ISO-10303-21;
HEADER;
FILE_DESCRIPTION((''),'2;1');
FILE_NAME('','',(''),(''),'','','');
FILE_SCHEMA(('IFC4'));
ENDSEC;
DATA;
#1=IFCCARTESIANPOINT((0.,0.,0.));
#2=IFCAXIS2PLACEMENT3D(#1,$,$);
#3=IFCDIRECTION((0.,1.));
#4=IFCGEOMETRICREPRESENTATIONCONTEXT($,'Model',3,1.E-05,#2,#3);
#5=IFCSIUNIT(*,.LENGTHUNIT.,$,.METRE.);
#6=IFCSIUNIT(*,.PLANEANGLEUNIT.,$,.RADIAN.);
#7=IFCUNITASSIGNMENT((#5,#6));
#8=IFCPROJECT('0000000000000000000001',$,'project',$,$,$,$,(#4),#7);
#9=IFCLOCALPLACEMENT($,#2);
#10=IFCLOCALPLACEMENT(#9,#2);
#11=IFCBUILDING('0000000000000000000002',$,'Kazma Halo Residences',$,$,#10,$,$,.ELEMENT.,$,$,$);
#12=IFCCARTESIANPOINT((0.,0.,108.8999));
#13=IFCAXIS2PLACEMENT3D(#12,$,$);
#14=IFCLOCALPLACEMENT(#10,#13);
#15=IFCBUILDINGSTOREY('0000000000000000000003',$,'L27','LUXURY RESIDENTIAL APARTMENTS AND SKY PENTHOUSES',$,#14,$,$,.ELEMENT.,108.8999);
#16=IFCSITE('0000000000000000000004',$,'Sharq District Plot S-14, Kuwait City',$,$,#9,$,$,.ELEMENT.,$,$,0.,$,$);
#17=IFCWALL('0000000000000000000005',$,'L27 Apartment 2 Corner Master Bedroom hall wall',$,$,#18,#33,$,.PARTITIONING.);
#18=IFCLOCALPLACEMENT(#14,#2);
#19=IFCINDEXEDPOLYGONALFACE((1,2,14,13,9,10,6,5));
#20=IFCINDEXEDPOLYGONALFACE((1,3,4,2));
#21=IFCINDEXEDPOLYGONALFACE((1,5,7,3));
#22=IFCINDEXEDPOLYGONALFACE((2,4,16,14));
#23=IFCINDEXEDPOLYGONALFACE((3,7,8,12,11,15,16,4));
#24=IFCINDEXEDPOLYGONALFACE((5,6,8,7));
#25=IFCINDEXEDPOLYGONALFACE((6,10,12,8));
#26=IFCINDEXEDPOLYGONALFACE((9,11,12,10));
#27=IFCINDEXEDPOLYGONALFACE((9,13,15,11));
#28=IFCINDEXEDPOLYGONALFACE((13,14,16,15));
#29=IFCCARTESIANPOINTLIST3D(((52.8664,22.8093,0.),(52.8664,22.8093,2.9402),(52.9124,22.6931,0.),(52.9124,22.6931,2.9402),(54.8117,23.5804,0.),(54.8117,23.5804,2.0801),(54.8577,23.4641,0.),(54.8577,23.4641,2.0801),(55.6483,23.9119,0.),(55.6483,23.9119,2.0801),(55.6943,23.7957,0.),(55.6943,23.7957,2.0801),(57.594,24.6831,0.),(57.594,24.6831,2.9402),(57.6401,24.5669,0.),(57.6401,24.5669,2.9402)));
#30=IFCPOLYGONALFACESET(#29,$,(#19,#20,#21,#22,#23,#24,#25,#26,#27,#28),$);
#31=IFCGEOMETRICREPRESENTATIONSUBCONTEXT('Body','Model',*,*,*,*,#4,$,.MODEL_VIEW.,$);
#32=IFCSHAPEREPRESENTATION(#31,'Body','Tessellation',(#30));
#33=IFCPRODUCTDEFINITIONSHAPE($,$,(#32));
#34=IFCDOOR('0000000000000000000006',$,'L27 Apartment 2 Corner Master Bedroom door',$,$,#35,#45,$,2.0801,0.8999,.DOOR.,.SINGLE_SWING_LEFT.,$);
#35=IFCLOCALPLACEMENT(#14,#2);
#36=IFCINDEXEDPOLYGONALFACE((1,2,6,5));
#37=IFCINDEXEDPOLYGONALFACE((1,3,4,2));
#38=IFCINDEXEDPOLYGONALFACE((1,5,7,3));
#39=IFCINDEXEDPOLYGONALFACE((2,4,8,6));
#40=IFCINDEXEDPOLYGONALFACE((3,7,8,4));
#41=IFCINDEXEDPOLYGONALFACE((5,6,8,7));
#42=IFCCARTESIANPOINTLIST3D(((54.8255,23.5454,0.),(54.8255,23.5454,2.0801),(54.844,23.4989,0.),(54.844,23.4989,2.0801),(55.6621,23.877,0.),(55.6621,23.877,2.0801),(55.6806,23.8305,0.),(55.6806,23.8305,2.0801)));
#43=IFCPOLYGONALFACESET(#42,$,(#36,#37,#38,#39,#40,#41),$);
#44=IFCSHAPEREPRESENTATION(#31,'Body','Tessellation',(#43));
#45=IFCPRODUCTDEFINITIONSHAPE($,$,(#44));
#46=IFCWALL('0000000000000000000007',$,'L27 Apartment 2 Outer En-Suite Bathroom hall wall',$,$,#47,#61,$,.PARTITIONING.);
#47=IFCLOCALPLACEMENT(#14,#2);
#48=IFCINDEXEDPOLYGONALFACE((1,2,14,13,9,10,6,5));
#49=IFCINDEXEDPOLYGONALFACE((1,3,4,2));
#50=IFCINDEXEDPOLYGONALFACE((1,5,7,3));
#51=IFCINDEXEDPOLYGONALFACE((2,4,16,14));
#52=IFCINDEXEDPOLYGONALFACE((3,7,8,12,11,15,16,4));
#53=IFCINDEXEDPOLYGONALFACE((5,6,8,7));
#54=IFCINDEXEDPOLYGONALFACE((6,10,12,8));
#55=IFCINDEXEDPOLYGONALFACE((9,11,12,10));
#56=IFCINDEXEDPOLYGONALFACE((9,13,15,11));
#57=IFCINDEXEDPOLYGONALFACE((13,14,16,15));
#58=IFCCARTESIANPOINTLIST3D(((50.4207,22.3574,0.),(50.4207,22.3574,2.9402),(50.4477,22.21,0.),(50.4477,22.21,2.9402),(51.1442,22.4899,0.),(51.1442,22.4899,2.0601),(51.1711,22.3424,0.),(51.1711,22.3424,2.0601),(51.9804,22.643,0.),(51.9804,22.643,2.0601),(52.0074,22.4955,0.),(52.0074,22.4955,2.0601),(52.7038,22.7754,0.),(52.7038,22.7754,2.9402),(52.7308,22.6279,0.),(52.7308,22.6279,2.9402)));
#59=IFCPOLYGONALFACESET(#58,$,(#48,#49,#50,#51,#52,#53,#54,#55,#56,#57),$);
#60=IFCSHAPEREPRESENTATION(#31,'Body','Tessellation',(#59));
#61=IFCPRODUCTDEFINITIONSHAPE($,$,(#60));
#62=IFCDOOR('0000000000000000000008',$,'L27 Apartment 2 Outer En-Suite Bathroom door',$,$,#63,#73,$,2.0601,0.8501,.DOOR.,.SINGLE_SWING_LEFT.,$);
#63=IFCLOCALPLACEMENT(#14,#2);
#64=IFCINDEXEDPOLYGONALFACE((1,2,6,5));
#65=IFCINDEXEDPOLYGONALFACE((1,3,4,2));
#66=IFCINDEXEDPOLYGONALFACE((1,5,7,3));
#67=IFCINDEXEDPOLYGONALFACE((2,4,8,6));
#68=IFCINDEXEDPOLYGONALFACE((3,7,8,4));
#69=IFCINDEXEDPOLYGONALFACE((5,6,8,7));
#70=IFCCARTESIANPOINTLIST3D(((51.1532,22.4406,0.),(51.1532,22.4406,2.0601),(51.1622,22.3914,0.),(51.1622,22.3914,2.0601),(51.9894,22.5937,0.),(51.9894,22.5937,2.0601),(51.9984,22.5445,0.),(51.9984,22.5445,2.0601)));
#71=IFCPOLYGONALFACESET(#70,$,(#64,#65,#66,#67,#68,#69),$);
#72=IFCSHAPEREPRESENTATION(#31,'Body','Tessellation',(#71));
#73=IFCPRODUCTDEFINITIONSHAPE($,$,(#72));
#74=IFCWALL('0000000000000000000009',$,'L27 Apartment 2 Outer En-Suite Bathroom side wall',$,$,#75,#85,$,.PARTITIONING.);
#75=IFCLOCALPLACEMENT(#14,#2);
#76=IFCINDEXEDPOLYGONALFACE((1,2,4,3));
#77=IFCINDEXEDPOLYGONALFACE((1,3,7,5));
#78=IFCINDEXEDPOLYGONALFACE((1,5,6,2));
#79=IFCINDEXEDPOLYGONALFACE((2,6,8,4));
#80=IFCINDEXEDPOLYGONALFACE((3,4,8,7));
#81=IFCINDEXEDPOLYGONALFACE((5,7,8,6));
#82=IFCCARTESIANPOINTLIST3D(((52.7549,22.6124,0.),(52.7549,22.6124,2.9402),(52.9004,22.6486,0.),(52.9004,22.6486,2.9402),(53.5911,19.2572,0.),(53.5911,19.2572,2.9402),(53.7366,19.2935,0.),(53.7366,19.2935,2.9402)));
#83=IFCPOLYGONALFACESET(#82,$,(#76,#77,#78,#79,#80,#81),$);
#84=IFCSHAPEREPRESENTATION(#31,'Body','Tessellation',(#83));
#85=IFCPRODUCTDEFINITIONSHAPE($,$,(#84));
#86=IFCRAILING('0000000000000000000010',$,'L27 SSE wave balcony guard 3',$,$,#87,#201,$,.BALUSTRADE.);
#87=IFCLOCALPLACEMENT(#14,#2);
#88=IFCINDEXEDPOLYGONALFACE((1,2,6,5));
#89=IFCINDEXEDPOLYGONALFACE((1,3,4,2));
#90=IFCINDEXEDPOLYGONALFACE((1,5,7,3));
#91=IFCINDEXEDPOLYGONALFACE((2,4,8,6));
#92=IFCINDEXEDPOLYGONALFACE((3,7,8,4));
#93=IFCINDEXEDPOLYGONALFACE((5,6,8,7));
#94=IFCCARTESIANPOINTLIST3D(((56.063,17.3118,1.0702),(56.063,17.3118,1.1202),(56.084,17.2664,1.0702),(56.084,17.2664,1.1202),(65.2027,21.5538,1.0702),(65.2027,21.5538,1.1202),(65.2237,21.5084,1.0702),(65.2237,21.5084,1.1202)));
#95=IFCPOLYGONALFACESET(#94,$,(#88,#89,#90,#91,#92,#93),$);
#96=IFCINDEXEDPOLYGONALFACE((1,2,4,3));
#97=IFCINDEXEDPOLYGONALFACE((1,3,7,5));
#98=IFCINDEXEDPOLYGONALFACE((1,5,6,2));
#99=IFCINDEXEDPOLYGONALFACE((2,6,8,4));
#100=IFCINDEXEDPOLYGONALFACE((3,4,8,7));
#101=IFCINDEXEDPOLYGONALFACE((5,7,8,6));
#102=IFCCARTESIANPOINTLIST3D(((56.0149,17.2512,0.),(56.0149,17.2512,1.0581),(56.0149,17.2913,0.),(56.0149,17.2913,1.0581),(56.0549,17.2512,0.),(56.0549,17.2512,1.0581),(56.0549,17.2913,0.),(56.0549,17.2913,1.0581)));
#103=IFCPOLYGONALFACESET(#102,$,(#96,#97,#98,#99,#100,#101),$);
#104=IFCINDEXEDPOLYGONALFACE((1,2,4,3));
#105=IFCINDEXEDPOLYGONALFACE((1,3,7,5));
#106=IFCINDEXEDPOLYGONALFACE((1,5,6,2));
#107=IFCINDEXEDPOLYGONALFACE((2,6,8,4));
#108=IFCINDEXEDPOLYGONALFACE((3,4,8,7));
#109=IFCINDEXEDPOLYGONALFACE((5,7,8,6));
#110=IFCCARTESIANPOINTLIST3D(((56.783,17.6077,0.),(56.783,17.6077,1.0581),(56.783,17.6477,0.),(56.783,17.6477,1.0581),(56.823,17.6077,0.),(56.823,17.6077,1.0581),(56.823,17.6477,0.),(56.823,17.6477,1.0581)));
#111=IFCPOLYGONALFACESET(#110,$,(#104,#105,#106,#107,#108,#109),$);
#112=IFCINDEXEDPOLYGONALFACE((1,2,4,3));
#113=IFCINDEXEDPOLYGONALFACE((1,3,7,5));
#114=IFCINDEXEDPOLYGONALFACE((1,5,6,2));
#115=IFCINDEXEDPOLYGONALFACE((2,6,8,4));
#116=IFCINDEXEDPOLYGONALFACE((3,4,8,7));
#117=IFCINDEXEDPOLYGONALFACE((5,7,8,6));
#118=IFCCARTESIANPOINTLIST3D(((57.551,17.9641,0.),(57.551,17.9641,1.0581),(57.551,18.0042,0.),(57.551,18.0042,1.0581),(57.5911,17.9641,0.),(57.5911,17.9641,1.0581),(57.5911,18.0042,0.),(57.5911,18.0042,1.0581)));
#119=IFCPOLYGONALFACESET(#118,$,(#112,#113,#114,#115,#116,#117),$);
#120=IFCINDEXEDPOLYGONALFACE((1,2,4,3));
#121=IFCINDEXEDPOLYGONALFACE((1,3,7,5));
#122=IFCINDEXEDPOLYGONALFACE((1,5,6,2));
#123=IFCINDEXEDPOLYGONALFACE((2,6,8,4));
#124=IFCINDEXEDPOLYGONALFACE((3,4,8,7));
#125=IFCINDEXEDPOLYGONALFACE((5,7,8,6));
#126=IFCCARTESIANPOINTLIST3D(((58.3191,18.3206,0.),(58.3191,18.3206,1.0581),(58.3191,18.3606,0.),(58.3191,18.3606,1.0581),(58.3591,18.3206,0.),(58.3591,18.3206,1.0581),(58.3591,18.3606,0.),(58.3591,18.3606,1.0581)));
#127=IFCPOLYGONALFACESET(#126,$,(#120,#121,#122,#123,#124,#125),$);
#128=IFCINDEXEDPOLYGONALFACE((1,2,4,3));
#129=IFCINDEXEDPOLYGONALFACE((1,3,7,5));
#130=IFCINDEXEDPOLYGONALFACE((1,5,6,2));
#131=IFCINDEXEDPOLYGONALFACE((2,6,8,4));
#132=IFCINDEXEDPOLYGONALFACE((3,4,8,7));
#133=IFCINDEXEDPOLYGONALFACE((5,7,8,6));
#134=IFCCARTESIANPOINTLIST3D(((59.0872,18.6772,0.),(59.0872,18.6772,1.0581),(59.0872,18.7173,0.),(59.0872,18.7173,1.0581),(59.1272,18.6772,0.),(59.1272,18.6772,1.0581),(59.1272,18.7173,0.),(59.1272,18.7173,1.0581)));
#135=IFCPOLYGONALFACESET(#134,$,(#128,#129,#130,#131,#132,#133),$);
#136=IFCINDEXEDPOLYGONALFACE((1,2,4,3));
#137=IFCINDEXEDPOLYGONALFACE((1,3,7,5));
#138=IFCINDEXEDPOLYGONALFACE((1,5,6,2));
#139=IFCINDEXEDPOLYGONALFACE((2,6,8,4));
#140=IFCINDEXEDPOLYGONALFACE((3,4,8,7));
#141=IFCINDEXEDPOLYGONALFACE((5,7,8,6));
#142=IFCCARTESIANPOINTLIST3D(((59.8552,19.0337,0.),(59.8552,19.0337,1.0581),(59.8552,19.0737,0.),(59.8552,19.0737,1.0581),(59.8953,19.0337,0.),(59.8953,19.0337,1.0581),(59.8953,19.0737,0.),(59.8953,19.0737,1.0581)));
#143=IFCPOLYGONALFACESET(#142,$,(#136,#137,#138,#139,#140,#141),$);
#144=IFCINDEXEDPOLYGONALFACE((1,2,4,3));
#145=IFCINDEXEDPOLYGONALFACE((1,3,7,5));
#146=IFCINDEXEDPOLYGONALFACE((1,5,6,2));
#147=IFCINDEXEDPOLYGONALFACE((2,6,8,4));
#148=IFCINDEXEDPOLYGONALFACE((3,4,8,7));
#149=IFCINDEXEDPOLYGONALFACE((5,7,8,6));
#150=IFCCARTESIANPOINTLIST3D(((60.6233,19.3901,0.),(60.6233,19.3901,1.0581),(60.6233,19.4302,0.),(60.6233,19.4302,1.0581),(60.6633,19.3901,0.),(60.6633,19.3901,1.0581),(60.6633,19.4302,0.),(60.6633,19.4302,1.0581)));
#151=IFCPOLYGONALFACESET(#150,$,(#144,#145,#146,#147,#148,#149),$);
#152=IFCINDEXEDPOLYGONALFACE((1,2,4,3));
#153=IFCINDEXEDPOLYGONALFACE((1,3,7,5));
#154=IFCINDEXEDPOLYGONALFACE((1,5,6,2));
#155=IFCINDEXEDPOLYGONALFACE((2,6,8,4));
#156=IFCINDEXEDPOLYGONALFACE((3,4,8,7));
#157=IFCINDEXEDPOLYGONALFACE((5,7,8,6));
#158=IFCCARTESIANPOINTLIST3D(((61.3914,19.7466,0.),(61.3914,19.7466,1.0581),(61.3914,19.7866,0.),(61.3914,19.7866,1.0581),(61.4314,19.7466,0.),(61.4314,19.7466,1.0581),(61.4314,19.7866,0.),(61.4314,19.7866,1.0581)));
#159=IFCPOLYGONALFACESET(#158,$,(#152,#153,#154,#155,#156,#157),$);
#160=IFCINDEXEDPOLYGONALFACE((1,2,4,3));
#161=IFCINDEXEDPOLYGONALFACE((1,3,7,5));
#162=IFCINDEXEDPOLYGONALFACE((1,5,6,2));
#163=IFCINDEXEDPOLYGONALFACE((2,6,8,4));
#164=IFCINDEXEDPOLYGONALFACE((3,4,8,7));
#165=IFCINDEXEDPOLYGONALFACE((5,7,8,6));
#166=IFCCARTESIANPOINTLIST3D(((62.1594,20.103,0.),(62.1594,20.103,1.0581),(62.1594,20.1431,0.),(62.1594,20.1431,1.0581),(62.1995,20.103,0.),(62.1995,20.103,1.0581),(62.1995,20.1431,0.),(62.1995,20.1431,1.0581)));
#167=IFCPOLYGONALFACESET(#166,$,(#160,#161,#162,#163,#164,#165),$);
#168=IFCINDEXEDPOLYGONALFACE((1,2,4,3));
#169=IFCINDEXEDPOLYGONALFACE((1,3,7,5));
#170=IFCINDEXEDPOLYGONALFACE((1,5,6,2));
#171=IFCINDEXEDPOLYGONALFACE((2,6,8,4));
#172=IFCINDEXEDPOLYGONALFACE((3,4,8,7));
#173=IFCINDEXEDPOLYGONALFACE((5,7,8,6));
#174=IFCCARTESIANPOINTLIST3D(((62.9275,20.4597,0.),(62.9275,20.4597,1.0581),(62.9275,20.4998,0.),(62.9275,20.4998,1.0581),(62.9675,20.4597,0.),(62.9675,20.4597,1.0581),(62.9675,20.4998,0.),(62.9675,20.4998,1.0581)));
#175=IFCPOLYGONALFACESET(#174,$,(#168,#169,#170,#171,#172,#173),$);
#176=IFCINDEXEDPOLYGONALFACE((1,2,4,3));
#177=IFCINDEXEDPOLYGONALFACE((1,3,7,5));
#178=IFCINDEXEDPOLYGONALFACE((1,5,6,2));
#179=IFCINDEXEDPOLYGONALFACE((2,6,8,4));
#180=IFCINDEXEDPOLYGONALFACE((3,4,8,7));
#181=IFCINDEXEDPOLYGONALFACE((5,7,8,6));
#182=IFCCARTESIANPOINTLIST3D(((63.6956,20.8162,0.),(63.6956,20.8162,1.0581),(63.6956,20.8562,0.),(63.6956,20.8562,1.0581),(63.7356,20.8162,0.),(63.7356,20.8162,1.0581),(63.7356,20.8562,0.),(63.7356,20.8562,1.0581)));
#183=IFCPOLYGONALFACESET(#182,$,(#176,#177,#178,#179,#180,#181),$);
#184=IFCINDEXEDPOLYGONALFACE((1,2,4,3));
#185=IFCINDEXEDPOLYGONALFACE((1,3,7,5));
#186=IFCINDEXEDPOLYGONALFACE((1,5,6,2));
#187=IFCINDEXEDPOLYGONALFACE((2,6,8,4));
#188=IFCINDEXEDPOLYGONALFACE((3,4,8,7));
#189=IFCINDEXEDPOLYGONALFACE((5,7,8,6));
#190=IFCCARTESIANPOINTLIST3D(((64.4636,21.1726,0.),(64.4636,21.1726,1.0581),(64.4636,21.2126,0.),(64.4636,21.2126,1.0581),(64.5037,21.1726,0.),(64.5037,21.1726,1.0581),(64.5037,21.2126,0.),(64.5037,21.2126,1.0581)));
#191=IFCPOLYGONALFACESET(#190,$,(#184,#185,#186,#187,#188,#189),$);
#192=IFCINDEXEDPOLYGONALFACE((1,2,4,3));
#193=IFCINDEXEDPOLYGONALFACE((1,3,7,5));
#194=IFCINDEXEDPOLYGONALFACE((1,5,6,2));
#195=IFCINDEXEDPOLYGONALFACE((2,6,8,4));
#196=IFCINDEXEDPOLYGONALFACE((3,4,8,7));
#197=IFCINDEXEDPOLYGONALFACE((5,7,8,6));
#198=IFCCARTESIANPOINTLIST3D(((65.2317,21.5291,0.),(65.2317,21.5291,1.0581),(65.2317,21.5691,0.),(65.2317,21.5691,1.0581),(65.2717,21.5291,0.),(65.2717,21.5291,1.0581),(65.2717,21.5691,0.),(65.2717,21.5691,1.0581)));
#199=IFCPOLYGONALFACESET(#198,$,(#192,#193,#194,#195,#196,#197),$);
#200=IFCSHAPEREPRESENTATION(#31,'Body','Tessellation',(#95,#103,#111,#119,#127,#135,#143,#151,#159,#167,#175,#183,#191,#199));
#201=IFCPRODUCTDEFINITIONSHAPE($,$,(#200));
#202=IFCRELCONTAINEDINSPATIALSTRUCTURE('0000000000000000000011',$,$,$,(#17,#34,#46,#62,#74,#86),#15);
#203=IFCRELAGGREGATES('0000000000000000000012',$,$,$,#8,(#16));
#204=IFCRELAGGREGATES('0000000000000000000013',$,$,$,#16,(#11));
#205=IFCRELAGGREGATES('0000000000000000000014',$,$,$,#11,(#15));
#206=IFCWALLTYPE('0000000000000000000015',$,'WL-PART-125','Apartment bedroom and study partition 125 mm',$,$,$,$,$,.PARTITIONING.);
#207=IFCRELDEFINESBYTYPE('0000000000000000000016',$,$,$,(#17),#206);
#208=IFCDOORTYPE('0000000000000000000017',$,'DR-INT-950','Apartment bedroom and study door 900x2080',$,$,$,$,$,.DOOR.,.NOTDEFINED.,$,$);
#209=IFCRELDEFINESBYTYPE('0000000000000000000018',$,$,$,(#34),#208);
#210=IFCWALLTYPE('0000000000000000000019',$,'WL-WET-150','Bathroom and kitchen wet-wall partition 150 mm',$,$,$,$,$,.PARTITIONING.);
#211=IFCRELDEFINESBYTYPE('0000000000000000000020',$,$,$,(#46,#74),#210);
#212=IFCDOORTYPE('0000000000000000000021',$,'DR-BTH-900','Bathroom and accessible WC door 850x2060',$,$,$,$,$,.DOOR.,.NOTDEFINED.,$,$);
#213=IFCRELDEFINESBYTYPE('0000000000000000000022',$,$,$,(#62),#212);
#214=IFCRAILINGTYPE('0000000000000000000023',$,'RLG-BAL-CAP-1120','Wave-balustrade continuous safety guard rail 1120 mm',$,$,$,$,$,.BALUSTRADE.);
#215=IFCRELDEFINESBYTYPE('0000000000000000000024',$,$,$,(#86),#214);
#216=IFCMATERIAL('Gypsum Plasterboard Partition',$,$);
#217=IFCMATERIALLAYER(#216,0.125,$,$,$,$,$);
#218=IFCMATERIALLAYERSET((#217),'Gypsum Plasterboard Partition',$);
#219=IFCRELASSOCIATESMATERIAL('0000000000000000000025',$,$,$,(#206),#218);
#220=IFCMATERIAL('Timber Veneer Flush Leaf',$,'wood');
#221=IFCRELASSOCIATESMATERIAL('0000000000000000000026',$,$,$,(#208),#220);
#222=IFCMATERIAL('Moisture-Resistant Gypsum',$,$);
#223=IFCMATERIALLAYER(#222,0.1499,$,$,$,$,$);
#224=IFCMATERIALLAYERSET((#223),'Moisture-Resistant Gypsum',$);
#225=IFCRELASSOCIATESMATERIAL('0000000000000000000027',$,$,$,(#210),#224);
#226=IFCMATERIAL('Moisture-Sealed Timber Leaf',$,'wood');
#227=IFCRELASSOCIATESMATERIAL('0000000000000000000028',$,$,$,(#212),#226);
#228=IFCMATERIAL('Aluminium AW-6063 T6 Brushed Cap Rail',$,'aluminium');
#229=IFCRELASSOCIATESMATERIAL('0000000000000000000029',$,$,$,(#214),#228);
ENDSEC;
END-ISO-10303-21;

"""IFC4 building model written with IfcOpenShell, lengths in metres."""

from ifc_helpers import new_model, si_unit, direction, frame, frame_2d, origin, origin_2d, place, context, subcontext, project, spatial, rectangle, extrude, material, layer, layer_set, type_object, element, fill, save


model = new_model("IFC4")

# Units and contexts
model_context = context("Model", 3, precision=1e-05, world=origin(), true_north=direction((0.0, 1.0)))
body_context = subcontext(model_context, "Body", "Model", "MODEL_VIEW")
ifc_project = project(units=[si_unit("LENGTHUNIT", "METRE"), si_unit("PLANEANGLEUNIT", "RADIAN")], contexts=[model_context])

# Site, building, storey
site_placement = place(None, origin())
site = spatial("IfcSite", under=ifc_project, at=site_placement, Name="Sharq District Plot S-14, Kuwait City", CompositionType="ELEMENT", RefElevation=0.0)
building_placement = place(site_placement, origin())
building = spatial("IfcBuilding", under=site, at=building_placement, Name="Kazma Halo Residences", CompositionType="ELEMENT")
storey_placement = place(building_placement, frame((0.0, 0.0, 108.8999)))
storey = spatial("IfcBuildingStorey", under=building, at=storey_placement, Name="L27", Description="LUXURY RESIDENTIAL APARTMENTS AND SKY PENTHOUSES", CompositionType="ELEMENT", Elevation=108.8999)

# Shared definitions
ifc_material_1 = material(Name="Gypsum Plasterboard Partition")
ifc_layer_1 = layer(ifc_material_1, 0.125)
ifc_layer_set_1 = layer_set([ifc_layer_1], Name="Gypsum Plasterboard Partition")
wall_type_1 = type_object("IfcWallType", Name="WL-PART-125", Description="Apartment bedroom and study partition 125 mm", PredefinedType="PARTITIONING", material=ifc_layer_set_1)

# Walls, openings, doors
wall_1_placement = place(storey_placement, frame((52.8894, 22.7512, 0.0), z_axis=(0.0, 0.0, 1.0), x_axis=(0.929641, 0.368467, 0.0)))
wall_1 = element("IfcWall", 1, at=wall_1_placement, inside=storey, type_object=wall_type_1, Name="L27 Apartment 2 Corner Master Bedroom hall wall", PredefinedType="PARTITIONING", context=body_context, shape_type="SweptSolid", body=[
    extrude(rectangle(XDim=5.0854, YDim=0.125, at=frame_2d((2.5427, 0.0))), origin(), (0.0, 0.0, 1.0), 2.9402),
])
opening_1_placement = place(wall_1_placement, frame((2.0925, 0.0, 0.0)))
opening_1 = element("IfcOpeningElement", 2, at=opening_1_placement, cuts=wall_1, PredefinedType="OPENING", context=body_context, shape_type="SweptSolid", body=[
    extrude(rectangle(XDim=0.8999, YDim=2.0801, at=frame_2d((0.45, 1.04))), frame((0.0, 0.0725, 0.0), z_axis=(0.0, -1.0, 0.0), x_axis=(1.0, 0.0, 0.0)), (0.0, 0.0, 1.0), 0.145),
])
ifc_material_2 = material(Name="Timber Veneer Flush Leaf", Category="wood")
door_type_1 = type_object("IfcDoorType", Name="DR-INT-950", Description="Apartment bedroom and study door 900x2080", OperationType="NOTDEFINED", PredefinedType="DOOR", material=ifc_material_2)
door_1_placement = place(opening_1_placement, origin())
door_1 = element("IfcDoor", 3, at=door_1_placement, inside=storey, type_object=door_type_1, Name="L27 Apartment 2 Corner Master Bedroom door", OperationType="SINGLE_SWING_LEFT", OverallHeight=2.0801, OverallWidth=0.8999, PredefinedType="DOOR", context=body_context, shape_type="SweptSolid", body=[
    extrude(rectangle(XDim=0.8999, YDim=2.0801, at=frame_2d((0.45, 1.04))), frame((0.0, 0.0249, 0.0), z_axis=(0.0, -1.0, 0.0), x_axis=(1.0, 0.0, 0.0)), (0.0, 0.0, 1.0), 0.05),
])
fill(opening_1, door_1)
ifc_material_3 = material(Name="Moisture-Resistant Gypsum")
ifc_layer_2 = layer(ifc_material_3, 0.1499)
ifc_layer_set_2 = layer_set([ifc_layer_2], Name="Moisture-Resistant Gypsum")
wall_type_2 = type_object("IfcWallType", Name="WL-WET-150", Description="Bathroom and kitchen wet-wall partition 150 mm", PredefinedType="PARTITIONING", material=ifc_layer_set_2)
wall_2_placement = place(storey_placement, frame((50.4341, 22.2837, 0.0), z_axis=(0.0, 0.0, 1.0), x_axis=(0.983654, 0.18007, 0.0)))
wall_2 = element("IfcWall", 4, at=wall_2_placement, inside=storey, type_object=wall_type_2, Name="L27 Apartment 2 Outer En-Suite Bathroom hall wall", PredefinedType="PARTITIONING", context=body_context, shape_type="SweptSolid", body=[
    extrude(rectangle(XDim=2.321, YDim=0.1499, at=frame_2d((1.1606, 0.0))), origin(), (0.0, 0.0, 1.0), 2.9402),
])
opening_2_placement = place(wall_2_placement, frame((0.7356, 0.0, 0.0)))
opening_2 = element("IfcOpeningElement", 5, at=opening_2_placement, cuts=wall_2, PredefinedType="OPENING", context=body_context, shape_type="SweptSolid", body=[
    extrude(rectangle(XDim=0.8501, YDim=2.0601, at=frame_2d((0.425, 1.03))), frame((0.0, 0.085, 0.0), z_axis=(0.0, -1.0, 0.0), x_axis=(1.0, 0.0, 0.0)), (0.0, 0.0, 1.0), 0.1699),
])
ifc_material_4 = material(Name="Moisture-Sealed Timber Leaf", Category="wood")
door_type_2 = type_object("IfcDoorType", Name="DR-BTH-900", Description="Bathroom and accessible WC door 850x2060", OperationType="NOTDEFINED", PredefinedType="DOOR", material=ifc_material_4)
door_2_placement = place(opening_2_placement, origin())
door_2 = element("IfcDoor", 6, at=door_2_placement, inside=storey, type_object=door_type_2, Name="L27 Apartment 2 Outer En-Suite Bathroom door", OperationType="SINGLE_SWING_LEFT", OverallHeight=2.0601, OverallWidth=0.8501, PredefinedType="DOOR", context=body_context, shape_type="SweptSolid", body=[
    extrude(rectangle(XDim=0.8501, YDim=2.0601, at=frame_2d((0.425, 1.03))), frame((0.0, 0.0249, 0.0), z_axis=(0.0, -1.0, 0.0), x_axis=(1.0, 0.0, 0.0)), (0.0, 0.0, 1.0), 0.05),
])
fill(opening_2, door_2)

# Wall
wall_3_placement = place(storey_placement, frame((52.8276, 22.6306, 0.0), z_axis=(0.0, 0.0, 1.0), x_axis=(0.241821, -0.970321, 0.0)))
element("IfcWall", 7, at=wall_3_placement, inside=storey, type_object=wall_type_2, Name="L27 Apartment 2 Outer En-Suite Bathroom side wall", PredefinedType="PARTITIONING", context=body_context, shape_type="SweptSolid", body=[
    extrude(rectangle(XDim=3.4578, YDim=0.1499, at=frame_2d((1.729, 0.0))), origin(), (0.0, 0.0, 1.0), 2.9402),
])

# Railing
ifc_material_5 = material(Name="Aluminium AW-6063 T6 Brushed Cap Rail", Category="aluminium")
railing_type = type_object("IfcRailingType", Name="RLG-BAL-CAP-1120", Description="Wave-balustrade continuous safety guard rail 1120 mm", PredefinedType="BALUSTRADE", material=ifc_material_5)
railing_placement = place(storey_placement, frame((56.0349, 17.2712, 0.0)))
element("IfcRailing", 8, at=railing_placement, inside=storey, type_object=railing_type, Name="L27 SSE wave balcony guard 3", PredefinedType="BALUSTRADE", context=body_context, shape_type="SweptSolid", body=[
    extrude(rectangle(XDim=0.05, YDim=0.05, at=origin_2d()), frame((0.0386, 0.0178, 1.0952), z_axis=(0.907061, 0.420998, 0.0), x_axis=(-0.420998, 0.907061, 0.0)), (0.0, 0.0, 1.0), 10.0762),
    extrude(rectangle(XDim=0.04, YDim=0.04, at=origin_2d()), origin(), (0.0, 0.0, 1.0), 1.0581),
    extrude(rectangle(XDim=0.04, YDim=0.04, at=origin_2d()), frame((0.7681, 0.3564, 0.0)), (0.0, 0.0, 1.0), 1.0581),
    extrude(rectangle(XDim=0.04, YDim=0.04, at=origin_2d()), frame((1.5361, 0.7129, 0.0)), (0.0, 0.0, 1.0), 1.0581),
    extrude(rectangle(XDim=0.04, YDim=0.04, at=origin_2d()), frame((2.3042, 1.0693, 0.0)), (0.0, 0.0, 1.0), 1.0581),
    extrude(rectangle(XDim=0.04, YDim=0.04, at=origin_2d()), frame((3.0723, 1.426, 0.0)), (0.0, 0.0, 1.0), 1.0581),
    extrude(rectangle(XDim=0.04, YDim=0.04, at=origin_2d()), frame((3.8403, 1.7825, 0.0)), (0.0, 0.0, 1.0), 1.0581),
    extrude(rectangle(XDim=0.04, YDim=0.04, at=origin_2d()), frame((4.6084, 2.1389, 0.0)), (0.0, 0.0, 1.0), 1.0581),
    extrude(rectangle(XDim=0.04, YDim=0.04, at=origin_2d()), frame((5.3765, 2.4954, 0.0)), (0.0, 0.0, 1.0), 1.0581),
    extrude(rectangle(XDim=0.04, YDim=0.04, at=origin_2d()), frame((6.1445, 2.8518, 0.0)), (0.0, 0.0, 1.0), 1.0581),
    extrude(rectangle(XDim=0.04, YDim=0.04, at=origin_2d()), frame((6.9126, 3.2085, 0.0)), (0.0, 0.0, 1.0), 1.0581),
    extrude(rectangle(XDim=0.04, YDim=0.04, at=origin_2d()), frame((7.6807, 3.5649, 0.0)), (0.0, 0.0, 1.0), 1.0581),
    extrude(rectangle(XDim=0.04, YDim=0.04, at=origin_2d()), frame((8.4487, 3.9214, 0.0)), (0.0, 0.0, 1.0), 1.0581),
    extrude(rectangle(XDim=0.04, YDim=0.04, at=origin_2d()), frame((9.2168, 4.2778, 0.0)), (0.0, 0.0, 1.0), 1.0581),
])

save(model, "model.ifc")
